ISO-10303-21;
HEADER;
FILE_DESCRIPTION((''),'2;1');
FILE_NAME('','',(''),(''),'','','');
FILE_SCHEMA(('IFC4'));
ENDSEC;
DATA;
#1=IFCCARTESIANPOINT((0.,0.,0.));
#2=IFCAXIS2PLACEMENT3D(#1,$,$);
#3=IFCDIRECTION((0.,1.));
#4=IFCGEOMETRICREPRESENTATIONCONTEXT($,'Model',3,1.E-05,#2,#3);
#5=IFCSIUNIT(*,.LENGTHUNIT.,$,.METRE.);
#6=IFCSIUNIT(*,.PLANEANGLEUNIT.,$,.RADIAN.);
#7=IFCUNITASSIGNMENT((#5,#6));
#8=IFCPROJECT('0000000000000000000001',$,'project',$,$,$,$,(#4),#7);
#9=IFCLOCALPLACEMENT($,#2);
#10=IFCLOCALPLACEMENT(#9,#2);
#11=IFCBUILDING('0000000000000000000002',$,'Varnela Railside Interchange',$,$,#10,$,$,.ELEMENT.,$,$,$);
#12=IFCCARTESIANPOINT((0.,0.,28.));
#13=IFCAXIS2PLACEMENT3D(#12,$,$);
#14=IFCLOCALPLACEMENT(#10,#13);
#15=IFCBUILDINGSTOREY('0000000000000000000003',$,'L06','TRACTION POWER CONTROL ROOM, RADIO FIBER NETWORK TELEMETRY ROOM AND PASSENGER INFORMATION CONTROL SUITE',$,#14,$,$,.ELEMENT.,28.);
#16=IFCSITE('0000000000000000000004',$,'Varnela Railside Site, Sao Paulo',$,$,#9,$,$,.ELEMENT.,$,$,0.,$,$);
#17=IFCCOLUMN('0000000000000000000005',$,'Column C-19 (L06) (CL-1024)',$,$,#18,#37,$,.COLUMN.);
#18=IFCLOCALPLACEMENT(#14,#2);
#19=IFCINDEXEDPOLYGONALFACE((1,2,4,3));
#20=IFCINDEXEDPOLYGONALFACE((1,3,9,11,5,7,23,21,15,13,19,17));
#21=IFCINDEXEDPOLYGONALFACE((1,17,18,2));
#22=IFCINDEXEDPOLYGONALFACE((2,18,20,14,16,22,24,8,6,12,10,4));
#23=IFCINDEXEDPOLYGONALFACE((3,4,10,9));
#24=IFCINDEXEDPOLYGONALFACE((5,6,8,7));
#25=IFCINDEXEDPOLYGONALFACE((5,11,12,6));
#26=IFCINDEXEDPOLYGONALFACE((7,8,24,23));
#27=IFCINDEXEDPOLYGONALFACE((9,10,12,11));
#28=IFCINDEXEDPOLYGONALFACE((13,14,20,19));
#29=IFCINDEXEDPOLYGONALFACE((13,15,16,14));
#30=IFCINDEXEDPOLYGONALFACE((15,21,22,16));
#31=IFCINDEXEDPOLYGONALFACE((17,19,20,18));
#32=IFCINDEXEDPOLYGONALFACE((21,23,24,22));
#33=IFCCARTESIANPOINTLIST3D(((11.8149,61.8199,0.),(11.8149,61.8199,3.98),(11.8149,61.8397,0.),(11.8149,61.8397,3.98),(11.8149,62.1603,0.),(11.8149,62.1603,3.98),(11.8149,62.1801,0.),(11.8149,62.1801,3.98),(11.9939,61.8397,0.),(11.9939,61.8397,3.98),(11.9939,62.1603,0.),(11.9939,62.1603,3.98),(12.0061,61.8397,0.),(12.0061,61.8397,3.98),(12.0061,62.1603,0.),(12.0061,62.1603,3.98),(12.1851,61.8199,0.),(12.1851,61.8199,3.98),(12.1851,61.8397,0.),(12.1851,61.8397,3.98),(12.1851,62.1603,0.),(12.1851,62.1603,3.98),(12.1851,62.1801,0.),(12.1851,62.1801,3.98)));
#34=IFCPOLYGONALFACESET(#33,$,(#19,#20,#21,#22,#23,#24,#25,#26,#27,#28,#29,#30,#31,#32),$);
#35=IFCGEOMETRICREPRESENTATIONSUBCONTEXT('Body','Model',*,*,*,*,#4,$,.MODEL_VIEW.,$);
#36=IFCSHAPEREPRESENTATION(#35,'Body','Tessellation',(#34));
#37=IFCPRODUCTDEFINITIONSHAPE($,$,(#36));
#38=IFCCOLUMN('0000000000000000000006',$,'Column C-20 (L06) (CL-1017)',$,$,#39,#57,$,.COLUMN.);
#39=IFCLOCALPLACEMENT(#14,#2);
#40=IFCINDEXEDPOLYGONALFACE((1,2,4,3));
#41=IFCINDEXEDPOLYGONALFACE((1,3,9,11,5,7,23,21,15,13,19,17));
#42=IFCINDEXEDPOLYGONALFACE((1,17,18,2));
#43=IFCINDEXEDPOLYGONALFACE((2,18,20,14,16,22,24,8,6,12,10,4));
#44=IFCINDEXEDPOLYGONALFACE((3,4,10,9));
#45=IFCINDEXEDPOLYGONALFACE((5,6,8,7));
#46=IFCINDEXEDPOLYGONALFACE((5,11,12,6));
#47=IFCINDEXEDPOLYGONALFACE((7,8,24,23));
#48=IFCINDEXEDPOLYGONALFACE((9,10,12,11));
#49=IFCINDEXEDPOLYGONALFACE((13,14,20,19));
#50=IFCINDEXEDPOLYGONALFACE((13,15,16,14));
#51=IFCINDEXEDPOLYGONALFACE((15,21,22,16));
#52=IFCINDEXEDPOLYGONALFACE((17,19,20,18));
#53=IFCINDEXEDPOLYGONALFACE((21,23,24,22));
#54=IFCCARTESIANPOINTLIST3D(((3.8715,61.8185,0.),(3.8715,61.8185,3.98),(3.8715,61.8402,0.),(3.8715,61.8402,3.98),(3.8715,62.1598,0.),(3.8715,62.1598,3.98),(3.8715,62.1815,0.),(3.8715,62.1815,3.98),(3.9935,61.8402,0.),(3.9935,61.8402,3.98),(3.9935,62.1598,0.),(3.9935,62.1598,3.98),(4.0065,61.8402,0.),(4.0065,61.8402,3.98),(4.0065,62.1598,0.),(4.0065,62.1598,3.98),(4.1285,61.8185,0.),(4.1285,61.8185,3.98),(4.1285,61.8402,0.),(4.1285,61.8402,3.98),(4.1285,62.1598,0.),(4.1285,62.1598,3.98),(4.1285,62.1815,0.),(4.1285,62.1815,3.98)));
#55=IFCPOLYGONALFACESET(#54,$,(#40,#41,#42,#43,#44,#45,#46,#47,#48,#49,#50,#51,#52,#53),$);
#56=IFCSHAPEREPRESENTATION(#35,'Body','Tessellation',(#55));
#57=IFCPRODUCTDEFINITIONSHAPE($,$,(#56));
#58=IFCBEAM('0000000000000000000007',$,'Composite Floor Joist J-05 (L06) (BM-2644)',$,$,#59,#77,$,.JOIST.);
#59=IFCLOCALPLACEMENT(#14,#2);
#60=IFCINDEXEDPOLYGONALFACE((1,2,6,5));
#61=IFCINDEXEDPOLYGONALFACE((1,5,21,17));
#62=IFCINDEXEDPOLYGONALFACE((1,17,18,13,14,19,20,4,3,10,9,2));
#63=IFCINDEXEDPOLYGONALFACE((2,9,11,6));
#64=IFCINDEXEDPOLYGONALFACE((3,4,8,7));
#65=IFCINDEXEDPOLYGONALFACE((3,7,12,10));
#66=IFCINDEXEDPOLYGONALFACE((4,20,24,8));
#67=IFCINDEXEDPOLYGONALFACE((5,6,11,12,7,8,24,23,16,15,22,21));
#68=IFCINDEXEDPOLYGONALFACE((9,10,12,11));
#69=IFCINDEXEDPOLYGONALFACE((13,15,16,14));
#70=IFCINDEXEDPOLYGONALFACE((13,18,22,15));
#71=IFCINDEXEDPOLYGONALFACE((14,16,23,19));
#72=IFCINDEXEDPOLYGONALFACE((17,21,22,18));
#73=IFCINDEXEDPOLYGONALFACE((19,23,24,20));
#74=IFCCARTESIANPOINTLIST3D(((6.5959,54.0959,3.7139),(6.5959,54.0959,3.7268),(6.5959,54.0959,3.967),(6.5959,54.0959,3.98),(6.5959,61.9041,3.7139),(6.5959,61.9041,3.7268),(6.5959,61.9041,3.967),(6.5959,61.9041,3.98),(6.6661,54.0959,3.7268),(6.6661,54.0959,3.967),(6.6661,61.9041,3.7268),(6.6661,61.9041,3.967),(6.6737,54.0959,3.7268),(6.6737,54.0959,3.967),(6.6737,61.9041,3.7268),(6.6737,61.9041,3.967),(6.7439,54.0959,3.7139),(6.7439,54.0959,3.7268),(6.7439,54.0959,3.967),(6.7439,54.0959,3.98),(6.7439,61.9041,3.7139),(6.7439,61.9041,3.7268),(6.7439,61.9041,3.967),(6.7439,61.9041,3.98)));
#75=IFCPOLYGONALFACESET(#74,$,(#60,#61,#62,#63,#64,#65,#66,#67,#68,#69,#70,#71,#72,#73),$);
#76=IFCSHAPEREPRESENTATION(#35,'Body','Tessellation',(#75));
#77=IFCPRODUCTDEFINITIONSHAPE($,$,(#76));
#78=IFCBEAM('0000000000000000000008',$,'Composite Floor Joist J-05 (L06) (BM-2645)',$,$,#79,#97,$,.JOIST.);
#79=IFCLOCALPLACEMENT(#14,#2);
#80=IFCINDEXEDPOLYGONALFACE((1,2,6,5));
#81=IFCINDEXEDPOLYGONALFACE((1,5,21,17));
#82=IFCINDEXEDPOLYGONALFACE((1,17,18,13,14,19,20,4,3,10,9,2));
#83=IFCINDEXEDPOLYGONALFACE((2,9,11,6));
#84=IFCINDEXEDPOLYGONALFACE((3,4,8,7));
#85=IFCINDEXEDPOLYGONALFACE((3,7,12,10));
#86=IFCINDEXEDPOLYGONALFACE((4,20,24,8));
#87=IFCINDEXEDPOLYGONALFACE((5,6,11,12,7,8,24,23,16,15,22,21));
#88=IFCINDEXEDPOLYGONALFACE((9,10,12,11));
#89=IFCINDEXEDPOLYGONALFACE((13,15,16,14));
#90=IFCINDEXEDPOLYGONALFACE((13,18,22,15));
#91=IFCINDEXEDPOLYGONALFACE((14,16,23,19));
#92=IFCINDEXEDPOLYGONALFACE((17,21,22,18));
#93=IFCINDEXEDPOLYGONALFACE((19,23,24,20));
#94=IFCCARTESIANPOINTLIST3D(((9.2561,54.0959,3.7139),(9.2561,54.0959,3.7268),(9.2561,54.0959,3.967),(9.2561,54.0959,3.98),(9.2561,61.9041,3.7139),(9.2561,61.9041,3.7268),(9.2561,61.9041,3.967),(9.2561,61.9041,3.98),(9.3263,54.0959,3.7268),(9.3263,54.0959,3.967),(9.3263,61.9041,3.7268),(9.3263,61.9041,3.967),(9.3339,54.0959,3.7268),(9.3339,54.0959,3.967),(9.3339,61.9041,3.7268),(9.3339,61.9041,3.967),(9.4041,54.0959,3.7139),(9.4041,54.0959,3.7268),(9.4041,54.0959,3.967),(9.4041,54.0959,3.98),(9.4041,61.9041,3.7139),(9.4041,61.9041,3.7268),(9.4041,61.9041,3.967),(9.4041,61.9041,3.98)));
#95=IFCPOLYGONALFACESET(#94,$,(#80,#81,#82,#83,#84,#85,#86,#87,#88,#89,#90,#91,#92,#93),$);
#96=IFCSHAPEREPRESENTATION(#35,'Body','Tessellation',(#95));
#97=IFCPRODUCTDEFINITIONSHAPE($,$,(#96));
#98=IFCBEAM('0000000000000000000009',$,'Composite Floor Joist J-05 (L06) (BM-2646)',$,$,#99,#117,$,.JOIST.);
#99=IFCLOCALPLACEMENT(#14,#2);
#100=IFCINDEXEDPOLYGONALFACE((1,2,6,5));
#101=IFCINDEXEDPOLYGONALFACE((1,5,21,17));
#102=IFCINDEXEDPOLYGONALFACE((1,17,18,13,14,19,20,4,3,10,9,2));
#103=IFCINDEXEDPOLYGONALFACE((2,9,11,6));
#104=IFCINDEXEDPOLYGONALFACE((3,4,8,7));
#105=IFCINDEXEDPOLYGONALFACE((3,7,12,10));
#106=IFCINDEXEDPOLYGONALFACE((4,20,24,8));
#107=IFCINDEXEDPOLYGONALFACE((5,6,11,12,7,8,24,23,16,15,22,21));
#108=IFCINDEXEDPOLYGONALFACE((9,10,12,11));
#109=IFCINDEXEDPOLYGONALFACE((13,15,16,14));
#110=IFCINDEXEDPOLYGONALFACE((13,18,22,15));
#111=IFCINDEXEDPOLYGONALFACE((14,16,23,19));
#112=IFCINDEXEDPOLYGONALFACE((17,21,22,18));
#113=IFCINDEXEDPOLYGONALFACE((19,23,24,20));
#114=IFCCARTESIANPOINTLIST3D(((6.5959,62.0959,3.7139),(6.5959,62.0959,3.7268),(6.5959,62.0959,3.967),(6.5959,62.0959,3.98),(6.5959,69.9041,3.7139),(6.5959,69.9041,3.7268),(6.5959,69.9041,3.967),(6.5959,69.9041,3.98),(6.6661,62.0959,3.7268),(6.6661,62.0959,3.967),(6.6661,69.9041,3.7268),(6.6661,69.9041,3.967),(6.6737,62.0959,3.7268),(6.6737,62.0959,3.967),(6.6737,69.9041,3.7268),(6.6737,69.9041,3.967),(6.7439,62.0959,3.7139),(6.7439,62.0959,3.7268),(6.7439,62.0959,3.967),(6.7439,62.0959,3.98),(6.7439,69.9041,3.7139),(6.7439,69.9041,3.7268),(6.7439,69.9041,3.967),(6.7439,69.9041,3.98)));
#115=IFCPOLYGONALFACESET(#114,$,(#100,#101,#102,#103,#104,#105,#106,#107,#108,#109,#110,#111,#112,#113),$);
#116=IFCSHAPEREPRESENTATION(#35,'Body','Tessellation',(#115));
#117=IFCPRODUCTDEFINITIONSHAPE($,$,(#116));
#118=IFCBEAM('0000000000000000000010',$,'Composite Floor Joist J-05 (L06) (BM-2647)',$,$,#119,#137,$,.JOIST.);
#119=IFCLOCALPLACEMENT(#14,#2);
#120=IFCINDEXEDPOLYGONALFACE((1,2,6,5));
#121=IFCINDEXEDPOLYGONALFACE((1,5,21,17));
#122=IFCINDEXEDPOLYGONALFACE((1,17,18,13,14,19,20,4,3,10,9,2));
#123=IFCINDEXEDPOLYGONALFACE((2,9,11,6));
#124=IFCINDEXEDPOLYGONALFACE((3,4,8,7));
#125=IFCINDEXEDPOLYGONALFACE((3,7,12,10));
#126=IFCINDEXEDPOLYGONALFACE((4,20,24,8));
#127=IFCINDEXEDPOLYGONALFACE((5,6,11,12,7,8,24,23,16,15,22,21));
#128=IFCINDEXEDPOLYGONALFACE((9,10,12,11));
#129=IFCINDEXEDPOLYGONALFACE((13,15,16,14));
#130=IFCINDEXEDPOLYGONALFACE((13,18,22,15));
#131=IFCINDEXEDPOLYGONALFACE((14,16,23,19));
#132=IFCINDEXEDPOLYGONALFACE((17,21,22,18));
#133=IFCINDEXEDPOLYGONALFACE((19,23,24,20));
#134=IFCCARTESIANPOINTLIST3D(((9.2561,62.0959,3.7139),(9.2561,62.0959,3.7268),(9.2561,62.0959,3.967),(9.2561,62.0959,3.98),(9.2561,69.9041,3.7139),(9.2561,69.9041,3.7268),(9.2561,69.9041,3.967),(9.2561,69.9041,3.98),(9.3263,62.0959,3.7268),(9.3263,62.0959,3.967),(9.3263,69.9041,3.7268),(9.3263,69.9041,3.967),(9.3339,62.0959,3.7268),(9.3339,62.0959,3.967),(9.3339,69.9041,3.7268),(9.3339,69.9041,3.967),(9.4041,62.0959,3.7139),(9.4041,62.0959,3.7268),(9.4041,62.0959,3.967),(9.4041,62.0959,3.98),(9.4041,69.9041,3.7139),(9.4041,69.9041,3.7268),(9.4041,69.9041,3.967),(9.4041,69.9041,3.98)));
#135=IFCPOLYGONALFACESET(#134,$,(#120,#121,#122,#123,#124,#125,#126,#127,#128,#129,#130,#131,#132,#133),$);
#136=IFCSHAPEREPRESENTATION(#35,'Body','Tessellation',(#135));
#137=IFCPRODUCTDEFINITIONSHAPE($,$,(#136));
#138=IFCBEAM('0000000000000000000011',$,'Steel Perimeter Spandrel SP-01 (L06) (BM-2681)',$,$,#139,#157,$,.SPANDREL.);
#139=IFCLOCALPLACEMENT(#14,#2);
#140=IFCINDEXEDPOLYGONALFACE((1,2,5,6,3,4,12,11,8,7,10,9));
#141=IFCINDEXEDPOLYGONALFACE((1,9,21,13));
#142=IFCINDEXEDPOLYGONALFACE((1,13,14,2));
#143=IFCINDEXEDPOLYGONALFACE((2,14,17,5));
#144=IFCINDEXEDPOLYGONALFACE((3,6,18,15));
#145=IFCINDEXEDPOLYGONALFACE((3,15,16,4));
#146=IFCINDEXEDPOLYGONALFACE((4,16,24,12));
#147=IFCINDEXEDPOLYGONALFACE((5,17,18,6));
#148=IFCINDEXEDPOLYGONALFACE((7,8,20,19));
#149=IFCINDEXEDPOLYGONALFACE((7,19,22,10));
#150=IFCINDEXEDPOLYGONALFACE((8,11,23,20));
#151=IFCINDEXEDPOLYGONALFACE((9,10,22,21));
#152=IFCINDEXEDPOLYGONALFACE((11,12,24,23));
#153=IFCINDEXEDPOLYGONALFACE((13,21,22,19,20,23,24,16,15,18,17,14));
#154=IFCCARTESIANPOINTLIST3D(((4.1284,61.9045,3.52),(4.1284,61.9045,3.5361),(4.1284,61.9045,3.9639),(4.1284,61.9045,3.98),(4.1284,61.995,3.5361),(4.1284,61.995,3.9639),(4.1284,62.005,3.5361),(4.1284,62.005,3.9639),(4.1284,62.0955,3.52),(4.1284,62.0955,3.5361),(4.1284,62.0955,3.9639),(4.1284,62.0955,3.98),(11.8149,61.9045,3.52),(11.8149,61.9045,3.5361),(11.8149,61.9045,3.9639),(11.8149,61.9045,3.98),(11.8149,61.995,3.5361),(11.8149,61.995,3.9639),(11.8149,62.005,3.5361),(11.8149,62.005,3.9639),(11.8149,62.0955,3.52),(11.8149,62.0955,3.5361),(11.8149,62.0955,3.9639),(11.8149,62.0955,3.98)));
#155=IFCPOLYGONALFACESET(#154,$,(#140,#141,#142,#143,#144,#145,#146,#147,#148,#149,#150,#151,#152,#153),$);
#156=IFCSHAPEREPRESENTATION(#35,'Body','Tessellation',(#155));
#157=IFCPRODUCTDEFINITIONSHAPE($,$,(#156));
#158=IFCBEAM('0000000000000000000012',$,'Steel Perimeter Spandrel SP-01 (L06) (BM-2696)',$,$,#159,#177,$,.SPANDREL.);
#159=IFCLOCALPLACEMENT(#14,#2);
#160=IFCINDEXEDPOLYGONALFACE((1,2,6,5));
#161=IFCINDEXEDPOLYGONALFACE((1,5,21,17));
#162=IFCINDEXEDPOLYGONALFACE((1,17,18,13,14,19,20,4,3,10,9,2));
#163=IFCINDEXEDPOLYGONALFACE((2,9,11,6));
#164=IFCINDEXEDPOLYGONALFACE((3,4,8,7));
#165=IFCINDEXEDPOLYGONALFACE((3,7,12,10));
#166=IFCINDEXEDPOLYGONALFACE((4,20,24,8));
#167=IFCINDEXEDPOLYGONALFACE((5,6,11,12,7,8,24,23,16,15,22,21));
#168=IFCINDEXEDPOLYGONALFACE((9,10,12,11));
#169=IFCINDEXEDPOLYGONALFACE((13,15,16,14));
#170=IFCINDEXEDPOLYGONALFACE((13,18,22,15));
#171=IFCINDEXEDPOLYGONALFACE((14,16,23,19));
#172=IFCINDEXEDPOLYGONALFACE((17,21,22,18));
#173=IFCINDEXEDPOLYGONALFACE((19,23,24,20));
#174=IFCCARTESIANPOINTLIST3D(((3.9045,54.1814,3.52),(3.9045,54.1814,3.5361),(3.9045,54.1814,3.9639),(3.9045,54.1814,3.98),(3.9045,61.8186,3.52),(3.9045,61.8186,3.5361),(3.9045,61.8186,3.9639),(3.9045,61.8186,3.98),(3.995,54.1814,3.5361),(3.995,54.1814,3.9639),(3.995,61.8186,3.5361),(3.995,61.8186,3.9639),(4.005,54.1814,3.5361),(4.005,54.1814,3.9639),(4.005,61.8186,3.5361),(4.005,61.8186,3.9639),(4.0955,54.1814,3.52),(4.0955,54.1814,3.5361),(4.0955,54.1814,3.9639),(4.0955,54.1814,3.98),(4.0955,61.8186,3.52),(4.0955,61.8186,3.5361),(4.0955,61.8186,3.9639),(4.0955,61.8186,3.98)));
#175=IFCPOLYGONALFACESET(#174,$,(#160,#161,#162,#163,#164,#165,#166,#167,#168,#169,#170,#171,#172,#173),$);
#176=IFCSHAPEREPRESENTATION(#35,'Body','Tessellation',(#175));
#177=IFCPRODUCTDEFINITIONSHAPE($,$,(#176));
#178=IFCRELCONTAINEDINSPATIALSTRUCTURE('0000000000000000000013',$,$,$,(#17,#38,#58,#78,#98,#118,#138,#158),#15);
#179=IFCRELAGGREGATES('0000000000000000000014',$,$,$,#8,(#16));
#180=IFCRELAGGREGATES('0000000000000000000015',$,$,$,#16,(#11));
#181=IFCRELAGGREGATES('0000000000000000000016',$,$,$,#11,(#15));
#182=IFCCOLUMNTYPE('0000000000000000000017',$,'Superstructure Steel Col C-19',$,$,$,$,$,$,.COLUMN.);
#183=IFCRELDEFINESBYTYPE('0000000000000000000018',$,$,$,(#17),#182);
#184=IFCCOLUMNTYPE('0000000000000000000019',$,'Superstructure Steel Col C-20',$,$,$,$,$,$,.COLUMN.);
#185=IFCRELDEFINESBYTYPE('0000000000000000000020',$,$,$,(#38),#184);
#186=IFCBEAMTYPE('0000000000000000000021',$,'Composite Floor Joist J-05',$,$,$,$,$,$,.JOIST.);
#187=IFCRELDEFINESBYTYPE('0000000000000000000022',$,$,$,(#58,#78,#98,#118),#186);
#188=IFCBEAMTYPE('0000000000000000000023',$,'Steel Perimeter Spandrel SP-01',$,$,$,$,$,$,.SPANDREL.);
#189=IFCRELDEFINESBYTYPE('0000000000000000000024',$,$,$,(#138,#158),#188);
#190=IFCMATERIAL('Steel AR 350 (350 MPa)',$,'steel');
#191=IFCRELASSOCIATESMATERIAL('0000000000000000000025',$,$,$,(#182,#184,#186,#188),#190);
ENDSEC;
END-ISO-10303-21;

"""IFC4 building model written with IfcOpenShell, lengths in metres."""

from ifc_helpers import new_model, si_unit, direction, frame, origin, origin_2d, place, context, subcontext, project, spatial, i_section, extrude, material, material_profile, profile_set, type_object, element, save


model = new_model("IFC4")

# Units and contexts
model_context = context("Model", 3, precision=1e-05, world=origin(), true_north=direction((0.0, 1.0)))
body_context = subcontext(model_context, "Body", "Model", "MODEL_VIEW")
ifc_project = project(units=[si_unit("LENGTHUNIT", "METRE"), si_unit("PLANEANGLEUNIT", "RADIAN")], contexts=[model_context])

# Site, building, storey
site_placement = place(None, origin())
site = spatial("IfcSite", under=ifc_project, at=site_placement, Name="Varnela Railside Site, Sao Paulo", CompositionType="ELEMENT", RefElevation=0.0)
building_placement = place(site_placement, origin())
building = spatial("IfcBuilding", under=site, at=building_placement, Name="Varnela Railside Interchange", CompositionType="ELEMENT")
storey_placement = place(building_placement, frame((0.0, 0.0, 28.0)))
storey = spatial("IfcBuildingStorey", under=building, at=storey_placement, Name="L06", Description="TRACTION POWER CONTROL ROOM, RADIO FIBER NETWORK TELEMETRY ROOM AND PASSENGER INFORMATION CONTROL SUITE", CompositionType="ELEMENT", Elevation=28.0)

# Columns
ifc_material_1 = material(Name="Steel AR 350 (350 MPa)", Category="steel")
ifc_material_profile_1 = material_profile(ifc_material_1, i_section(OverallWidth=0.3701, OverallDepth=0.3601, WebThickness=0.0122, FlangeThickness=0.0198, at=origin_2d()), Name="W360x147")
ifc_profile_set_1 = profile_set([ifc_material_profile_1], Name="Steel AR 350 (350 MPa)")
column_type_1 = type_object("IfcColumnType", Name="Superstructure Steel Col C-19", PredefinedType="COLUMN", material=ifc_profile_set_1)
column_1_placement = place(storey_placement, frame((12.0, 62.0, 0.0), z_axis=(0.0, 0.0, 1.0), x_axis=(1.0, 0.0, 0.0)))
element("IfcColumn", 1, at=column_1_placement, inside=storey, type_object=column_type_1, Name="Column C-19 (L06) (CL-1024)", PredefinedType="COLUMN", context=body_context, shape_type="SweptSolid", body=[
    extrude(i_section(OverallWidth=0.3701, OverallDepth=0.3601, WebThickness=0.0122, FlangeThickness=0.0198, at=origin_2d()), origin(), (0.0, 0.0, 1.0), 3.98),
])
ifc_material_profile_2 = material_profile(ifc_material_1, i_section(OverallWidth=0.2571, OverallDepth=0.363, WebThickness=0.0129, FlangeThickness=0.0217, at=origin_2d()), Name="W360x122")
ifc_profile_set_2 = profile_set([ifc_material_profile_2], Name="Steel AR 350 (350 MPa)")
column_type_2 = type_object("IfcColumnType", Name="Superstructure Steel Col C-20", PredefinedType="COLUMN", material=ifc_profile_set_2)
column_2_placement = place(storey_placement, frame((4.0, 62.0, 0.0), z_axis=(0.0, 0.0, 1.0), x_axis=(1.0, 0.0, 0.0)))
element("IfcColumn", 2, at=column_2_placement, inside=storey, type_object=column_type_2, Name="Column C-20 (L06) (CL-1017)", PredefinedType="COLUMN", context=body_context, shape_type="SweptSolid", body=[
    extrude(i_section(OverallWidth=0.2571, OverallDepth=0.363, WebThickness=0.0129, FlangeThickness=0.0217, at=origin_2d()), origin(), (0.0, 0.0, 1.0), 3.98),
])

# Beams
ifc_material_profile_3 = material_profile(ifc_material_1, i_section(OverallWidth=0.1479, OverallDepth=0.2661, WebThickness=0.0076, FlangeThickness=0.0129, at=origin_2d()), Name="W250x44.8")
ifc_profile_set_3 = profile_set([ifc_material_profile_3], Name="Steel AR 350 (350 MPa)")
beam_type_1 = type_object("IfcBeamType", Name="Composite Floor Joist J-05", PredefinedType="JOIST", material=ifc_profile_set_3)
for number, where, z_axis, x_axis, name in (
    (3, (6.6699, 54.0959, 3.8469), (0.0, 1.0, 0.0), (-1.0, 0.0, 0.0), "Composite Floor Joist J-05 (L06) (BM-2644)"),
    (4, (9.3301, 54.0959, 3.8469), (0.0, 1.0, 0.0), (-1.0, 0.0, 0.0), "Composite Floor Joist J-05 (L06) (BM-2645)"),
    (5, (6.6699, 62.0959, 3.8469), (0.0, 1.0, 0.0), (-1.0, 0.0, 0.0), "Composite Floor Joist J-05 (L06) (BM-2646)"),
    (6, (9.3301, 62.0959, 3.8469), (0.0, 1.0, 0.0), (-1.0, 0.0, 0.0), "Composite Floor Joist J-05 (L06) (BM-2647)"),
):
    element("IfcBeam", number, at=place(storey_placement, frame(where, z_axis=z_axis, x_axis=x_axis)), inside=storey, type_object=beam_type_1, Name=name, PredefinedType="JOIST", context=body_context, shape_type="SweptSolid", body=[
        extrude(i_section(OverallWidth=0.1479, OverallDepth=0.2661, WebThickness=0.0076, FlangeThickness=0.0129, at=origin_2d()), origin(), (0.0, 0.0, 1.0), 7.8081),
    ])
ifc_material_profile_4 = material_profile(ifc_material_1, i_section(OverallWidth=0.1909, OverallDepth=0.46, WebThickness=0.01, FlangeThickness=0.0161, at=origin_2d()), Name="W460x82")
ifc_profile_set_4 = profile_set([ifc_material_profile_4], Name="Steel AR 350 (350 MPa)")
beam_type_2 = type_object("IfcBeamType", Name="Steel Perimeter Spandrel SP-01", PredefinedType="SPANDREL", material=ifc_profile_set_4)
beam_1_placement = place(storey_placement, frame((4.1284, 62.0, 3.75), z_axis=(1.0, 0.0, 0.0), x_axis=(0.0, 1.0, 0.0)))
element("IfcBeam", 7, at=beam_1_placement, inside=storey, type_object=beam_type_2, Name="Steel Perimeter Spandrel SP-01 (L06) (BM-2681)", PredefinedType="SPANDREL", context=body_context, shape_type="SweptSolid", body=[
    extrude(i_section(OverallWidth=0.1909, OverallDepth=0.46, WebThickness=0.01, FlangeThickness=0.0161, at=origin_2d()), origin(), (0.0, 0.0, 1.0), 7.6865),
])
beam_2_placement = place(storey_placement, frame((4.0, 54.1814, 3.75), z_axis=(0.0, 1.0, 0.0), x_axis=(-1.0, 0.0, 0.0)))
element("IfcBeam", 8, at=beam_2_placement, inside=storey, type_object=beam_type_2, Name="Steel Perimeter Spandrel SP-01 (L06) (BM-2696)", PredefinedType="SPANDREL", context=body_context, shape_type="SweptSolid", body=[
    extrude(i_section(OverallWidth=0.1909, OverallDepth=0.46, WebThickness=0.01, FlangeThickness=0.0161, at=origin_2d()), origin(), (0.0, 0.0, 1.0), 7.6372),
])

save(model, "model.ifc")
